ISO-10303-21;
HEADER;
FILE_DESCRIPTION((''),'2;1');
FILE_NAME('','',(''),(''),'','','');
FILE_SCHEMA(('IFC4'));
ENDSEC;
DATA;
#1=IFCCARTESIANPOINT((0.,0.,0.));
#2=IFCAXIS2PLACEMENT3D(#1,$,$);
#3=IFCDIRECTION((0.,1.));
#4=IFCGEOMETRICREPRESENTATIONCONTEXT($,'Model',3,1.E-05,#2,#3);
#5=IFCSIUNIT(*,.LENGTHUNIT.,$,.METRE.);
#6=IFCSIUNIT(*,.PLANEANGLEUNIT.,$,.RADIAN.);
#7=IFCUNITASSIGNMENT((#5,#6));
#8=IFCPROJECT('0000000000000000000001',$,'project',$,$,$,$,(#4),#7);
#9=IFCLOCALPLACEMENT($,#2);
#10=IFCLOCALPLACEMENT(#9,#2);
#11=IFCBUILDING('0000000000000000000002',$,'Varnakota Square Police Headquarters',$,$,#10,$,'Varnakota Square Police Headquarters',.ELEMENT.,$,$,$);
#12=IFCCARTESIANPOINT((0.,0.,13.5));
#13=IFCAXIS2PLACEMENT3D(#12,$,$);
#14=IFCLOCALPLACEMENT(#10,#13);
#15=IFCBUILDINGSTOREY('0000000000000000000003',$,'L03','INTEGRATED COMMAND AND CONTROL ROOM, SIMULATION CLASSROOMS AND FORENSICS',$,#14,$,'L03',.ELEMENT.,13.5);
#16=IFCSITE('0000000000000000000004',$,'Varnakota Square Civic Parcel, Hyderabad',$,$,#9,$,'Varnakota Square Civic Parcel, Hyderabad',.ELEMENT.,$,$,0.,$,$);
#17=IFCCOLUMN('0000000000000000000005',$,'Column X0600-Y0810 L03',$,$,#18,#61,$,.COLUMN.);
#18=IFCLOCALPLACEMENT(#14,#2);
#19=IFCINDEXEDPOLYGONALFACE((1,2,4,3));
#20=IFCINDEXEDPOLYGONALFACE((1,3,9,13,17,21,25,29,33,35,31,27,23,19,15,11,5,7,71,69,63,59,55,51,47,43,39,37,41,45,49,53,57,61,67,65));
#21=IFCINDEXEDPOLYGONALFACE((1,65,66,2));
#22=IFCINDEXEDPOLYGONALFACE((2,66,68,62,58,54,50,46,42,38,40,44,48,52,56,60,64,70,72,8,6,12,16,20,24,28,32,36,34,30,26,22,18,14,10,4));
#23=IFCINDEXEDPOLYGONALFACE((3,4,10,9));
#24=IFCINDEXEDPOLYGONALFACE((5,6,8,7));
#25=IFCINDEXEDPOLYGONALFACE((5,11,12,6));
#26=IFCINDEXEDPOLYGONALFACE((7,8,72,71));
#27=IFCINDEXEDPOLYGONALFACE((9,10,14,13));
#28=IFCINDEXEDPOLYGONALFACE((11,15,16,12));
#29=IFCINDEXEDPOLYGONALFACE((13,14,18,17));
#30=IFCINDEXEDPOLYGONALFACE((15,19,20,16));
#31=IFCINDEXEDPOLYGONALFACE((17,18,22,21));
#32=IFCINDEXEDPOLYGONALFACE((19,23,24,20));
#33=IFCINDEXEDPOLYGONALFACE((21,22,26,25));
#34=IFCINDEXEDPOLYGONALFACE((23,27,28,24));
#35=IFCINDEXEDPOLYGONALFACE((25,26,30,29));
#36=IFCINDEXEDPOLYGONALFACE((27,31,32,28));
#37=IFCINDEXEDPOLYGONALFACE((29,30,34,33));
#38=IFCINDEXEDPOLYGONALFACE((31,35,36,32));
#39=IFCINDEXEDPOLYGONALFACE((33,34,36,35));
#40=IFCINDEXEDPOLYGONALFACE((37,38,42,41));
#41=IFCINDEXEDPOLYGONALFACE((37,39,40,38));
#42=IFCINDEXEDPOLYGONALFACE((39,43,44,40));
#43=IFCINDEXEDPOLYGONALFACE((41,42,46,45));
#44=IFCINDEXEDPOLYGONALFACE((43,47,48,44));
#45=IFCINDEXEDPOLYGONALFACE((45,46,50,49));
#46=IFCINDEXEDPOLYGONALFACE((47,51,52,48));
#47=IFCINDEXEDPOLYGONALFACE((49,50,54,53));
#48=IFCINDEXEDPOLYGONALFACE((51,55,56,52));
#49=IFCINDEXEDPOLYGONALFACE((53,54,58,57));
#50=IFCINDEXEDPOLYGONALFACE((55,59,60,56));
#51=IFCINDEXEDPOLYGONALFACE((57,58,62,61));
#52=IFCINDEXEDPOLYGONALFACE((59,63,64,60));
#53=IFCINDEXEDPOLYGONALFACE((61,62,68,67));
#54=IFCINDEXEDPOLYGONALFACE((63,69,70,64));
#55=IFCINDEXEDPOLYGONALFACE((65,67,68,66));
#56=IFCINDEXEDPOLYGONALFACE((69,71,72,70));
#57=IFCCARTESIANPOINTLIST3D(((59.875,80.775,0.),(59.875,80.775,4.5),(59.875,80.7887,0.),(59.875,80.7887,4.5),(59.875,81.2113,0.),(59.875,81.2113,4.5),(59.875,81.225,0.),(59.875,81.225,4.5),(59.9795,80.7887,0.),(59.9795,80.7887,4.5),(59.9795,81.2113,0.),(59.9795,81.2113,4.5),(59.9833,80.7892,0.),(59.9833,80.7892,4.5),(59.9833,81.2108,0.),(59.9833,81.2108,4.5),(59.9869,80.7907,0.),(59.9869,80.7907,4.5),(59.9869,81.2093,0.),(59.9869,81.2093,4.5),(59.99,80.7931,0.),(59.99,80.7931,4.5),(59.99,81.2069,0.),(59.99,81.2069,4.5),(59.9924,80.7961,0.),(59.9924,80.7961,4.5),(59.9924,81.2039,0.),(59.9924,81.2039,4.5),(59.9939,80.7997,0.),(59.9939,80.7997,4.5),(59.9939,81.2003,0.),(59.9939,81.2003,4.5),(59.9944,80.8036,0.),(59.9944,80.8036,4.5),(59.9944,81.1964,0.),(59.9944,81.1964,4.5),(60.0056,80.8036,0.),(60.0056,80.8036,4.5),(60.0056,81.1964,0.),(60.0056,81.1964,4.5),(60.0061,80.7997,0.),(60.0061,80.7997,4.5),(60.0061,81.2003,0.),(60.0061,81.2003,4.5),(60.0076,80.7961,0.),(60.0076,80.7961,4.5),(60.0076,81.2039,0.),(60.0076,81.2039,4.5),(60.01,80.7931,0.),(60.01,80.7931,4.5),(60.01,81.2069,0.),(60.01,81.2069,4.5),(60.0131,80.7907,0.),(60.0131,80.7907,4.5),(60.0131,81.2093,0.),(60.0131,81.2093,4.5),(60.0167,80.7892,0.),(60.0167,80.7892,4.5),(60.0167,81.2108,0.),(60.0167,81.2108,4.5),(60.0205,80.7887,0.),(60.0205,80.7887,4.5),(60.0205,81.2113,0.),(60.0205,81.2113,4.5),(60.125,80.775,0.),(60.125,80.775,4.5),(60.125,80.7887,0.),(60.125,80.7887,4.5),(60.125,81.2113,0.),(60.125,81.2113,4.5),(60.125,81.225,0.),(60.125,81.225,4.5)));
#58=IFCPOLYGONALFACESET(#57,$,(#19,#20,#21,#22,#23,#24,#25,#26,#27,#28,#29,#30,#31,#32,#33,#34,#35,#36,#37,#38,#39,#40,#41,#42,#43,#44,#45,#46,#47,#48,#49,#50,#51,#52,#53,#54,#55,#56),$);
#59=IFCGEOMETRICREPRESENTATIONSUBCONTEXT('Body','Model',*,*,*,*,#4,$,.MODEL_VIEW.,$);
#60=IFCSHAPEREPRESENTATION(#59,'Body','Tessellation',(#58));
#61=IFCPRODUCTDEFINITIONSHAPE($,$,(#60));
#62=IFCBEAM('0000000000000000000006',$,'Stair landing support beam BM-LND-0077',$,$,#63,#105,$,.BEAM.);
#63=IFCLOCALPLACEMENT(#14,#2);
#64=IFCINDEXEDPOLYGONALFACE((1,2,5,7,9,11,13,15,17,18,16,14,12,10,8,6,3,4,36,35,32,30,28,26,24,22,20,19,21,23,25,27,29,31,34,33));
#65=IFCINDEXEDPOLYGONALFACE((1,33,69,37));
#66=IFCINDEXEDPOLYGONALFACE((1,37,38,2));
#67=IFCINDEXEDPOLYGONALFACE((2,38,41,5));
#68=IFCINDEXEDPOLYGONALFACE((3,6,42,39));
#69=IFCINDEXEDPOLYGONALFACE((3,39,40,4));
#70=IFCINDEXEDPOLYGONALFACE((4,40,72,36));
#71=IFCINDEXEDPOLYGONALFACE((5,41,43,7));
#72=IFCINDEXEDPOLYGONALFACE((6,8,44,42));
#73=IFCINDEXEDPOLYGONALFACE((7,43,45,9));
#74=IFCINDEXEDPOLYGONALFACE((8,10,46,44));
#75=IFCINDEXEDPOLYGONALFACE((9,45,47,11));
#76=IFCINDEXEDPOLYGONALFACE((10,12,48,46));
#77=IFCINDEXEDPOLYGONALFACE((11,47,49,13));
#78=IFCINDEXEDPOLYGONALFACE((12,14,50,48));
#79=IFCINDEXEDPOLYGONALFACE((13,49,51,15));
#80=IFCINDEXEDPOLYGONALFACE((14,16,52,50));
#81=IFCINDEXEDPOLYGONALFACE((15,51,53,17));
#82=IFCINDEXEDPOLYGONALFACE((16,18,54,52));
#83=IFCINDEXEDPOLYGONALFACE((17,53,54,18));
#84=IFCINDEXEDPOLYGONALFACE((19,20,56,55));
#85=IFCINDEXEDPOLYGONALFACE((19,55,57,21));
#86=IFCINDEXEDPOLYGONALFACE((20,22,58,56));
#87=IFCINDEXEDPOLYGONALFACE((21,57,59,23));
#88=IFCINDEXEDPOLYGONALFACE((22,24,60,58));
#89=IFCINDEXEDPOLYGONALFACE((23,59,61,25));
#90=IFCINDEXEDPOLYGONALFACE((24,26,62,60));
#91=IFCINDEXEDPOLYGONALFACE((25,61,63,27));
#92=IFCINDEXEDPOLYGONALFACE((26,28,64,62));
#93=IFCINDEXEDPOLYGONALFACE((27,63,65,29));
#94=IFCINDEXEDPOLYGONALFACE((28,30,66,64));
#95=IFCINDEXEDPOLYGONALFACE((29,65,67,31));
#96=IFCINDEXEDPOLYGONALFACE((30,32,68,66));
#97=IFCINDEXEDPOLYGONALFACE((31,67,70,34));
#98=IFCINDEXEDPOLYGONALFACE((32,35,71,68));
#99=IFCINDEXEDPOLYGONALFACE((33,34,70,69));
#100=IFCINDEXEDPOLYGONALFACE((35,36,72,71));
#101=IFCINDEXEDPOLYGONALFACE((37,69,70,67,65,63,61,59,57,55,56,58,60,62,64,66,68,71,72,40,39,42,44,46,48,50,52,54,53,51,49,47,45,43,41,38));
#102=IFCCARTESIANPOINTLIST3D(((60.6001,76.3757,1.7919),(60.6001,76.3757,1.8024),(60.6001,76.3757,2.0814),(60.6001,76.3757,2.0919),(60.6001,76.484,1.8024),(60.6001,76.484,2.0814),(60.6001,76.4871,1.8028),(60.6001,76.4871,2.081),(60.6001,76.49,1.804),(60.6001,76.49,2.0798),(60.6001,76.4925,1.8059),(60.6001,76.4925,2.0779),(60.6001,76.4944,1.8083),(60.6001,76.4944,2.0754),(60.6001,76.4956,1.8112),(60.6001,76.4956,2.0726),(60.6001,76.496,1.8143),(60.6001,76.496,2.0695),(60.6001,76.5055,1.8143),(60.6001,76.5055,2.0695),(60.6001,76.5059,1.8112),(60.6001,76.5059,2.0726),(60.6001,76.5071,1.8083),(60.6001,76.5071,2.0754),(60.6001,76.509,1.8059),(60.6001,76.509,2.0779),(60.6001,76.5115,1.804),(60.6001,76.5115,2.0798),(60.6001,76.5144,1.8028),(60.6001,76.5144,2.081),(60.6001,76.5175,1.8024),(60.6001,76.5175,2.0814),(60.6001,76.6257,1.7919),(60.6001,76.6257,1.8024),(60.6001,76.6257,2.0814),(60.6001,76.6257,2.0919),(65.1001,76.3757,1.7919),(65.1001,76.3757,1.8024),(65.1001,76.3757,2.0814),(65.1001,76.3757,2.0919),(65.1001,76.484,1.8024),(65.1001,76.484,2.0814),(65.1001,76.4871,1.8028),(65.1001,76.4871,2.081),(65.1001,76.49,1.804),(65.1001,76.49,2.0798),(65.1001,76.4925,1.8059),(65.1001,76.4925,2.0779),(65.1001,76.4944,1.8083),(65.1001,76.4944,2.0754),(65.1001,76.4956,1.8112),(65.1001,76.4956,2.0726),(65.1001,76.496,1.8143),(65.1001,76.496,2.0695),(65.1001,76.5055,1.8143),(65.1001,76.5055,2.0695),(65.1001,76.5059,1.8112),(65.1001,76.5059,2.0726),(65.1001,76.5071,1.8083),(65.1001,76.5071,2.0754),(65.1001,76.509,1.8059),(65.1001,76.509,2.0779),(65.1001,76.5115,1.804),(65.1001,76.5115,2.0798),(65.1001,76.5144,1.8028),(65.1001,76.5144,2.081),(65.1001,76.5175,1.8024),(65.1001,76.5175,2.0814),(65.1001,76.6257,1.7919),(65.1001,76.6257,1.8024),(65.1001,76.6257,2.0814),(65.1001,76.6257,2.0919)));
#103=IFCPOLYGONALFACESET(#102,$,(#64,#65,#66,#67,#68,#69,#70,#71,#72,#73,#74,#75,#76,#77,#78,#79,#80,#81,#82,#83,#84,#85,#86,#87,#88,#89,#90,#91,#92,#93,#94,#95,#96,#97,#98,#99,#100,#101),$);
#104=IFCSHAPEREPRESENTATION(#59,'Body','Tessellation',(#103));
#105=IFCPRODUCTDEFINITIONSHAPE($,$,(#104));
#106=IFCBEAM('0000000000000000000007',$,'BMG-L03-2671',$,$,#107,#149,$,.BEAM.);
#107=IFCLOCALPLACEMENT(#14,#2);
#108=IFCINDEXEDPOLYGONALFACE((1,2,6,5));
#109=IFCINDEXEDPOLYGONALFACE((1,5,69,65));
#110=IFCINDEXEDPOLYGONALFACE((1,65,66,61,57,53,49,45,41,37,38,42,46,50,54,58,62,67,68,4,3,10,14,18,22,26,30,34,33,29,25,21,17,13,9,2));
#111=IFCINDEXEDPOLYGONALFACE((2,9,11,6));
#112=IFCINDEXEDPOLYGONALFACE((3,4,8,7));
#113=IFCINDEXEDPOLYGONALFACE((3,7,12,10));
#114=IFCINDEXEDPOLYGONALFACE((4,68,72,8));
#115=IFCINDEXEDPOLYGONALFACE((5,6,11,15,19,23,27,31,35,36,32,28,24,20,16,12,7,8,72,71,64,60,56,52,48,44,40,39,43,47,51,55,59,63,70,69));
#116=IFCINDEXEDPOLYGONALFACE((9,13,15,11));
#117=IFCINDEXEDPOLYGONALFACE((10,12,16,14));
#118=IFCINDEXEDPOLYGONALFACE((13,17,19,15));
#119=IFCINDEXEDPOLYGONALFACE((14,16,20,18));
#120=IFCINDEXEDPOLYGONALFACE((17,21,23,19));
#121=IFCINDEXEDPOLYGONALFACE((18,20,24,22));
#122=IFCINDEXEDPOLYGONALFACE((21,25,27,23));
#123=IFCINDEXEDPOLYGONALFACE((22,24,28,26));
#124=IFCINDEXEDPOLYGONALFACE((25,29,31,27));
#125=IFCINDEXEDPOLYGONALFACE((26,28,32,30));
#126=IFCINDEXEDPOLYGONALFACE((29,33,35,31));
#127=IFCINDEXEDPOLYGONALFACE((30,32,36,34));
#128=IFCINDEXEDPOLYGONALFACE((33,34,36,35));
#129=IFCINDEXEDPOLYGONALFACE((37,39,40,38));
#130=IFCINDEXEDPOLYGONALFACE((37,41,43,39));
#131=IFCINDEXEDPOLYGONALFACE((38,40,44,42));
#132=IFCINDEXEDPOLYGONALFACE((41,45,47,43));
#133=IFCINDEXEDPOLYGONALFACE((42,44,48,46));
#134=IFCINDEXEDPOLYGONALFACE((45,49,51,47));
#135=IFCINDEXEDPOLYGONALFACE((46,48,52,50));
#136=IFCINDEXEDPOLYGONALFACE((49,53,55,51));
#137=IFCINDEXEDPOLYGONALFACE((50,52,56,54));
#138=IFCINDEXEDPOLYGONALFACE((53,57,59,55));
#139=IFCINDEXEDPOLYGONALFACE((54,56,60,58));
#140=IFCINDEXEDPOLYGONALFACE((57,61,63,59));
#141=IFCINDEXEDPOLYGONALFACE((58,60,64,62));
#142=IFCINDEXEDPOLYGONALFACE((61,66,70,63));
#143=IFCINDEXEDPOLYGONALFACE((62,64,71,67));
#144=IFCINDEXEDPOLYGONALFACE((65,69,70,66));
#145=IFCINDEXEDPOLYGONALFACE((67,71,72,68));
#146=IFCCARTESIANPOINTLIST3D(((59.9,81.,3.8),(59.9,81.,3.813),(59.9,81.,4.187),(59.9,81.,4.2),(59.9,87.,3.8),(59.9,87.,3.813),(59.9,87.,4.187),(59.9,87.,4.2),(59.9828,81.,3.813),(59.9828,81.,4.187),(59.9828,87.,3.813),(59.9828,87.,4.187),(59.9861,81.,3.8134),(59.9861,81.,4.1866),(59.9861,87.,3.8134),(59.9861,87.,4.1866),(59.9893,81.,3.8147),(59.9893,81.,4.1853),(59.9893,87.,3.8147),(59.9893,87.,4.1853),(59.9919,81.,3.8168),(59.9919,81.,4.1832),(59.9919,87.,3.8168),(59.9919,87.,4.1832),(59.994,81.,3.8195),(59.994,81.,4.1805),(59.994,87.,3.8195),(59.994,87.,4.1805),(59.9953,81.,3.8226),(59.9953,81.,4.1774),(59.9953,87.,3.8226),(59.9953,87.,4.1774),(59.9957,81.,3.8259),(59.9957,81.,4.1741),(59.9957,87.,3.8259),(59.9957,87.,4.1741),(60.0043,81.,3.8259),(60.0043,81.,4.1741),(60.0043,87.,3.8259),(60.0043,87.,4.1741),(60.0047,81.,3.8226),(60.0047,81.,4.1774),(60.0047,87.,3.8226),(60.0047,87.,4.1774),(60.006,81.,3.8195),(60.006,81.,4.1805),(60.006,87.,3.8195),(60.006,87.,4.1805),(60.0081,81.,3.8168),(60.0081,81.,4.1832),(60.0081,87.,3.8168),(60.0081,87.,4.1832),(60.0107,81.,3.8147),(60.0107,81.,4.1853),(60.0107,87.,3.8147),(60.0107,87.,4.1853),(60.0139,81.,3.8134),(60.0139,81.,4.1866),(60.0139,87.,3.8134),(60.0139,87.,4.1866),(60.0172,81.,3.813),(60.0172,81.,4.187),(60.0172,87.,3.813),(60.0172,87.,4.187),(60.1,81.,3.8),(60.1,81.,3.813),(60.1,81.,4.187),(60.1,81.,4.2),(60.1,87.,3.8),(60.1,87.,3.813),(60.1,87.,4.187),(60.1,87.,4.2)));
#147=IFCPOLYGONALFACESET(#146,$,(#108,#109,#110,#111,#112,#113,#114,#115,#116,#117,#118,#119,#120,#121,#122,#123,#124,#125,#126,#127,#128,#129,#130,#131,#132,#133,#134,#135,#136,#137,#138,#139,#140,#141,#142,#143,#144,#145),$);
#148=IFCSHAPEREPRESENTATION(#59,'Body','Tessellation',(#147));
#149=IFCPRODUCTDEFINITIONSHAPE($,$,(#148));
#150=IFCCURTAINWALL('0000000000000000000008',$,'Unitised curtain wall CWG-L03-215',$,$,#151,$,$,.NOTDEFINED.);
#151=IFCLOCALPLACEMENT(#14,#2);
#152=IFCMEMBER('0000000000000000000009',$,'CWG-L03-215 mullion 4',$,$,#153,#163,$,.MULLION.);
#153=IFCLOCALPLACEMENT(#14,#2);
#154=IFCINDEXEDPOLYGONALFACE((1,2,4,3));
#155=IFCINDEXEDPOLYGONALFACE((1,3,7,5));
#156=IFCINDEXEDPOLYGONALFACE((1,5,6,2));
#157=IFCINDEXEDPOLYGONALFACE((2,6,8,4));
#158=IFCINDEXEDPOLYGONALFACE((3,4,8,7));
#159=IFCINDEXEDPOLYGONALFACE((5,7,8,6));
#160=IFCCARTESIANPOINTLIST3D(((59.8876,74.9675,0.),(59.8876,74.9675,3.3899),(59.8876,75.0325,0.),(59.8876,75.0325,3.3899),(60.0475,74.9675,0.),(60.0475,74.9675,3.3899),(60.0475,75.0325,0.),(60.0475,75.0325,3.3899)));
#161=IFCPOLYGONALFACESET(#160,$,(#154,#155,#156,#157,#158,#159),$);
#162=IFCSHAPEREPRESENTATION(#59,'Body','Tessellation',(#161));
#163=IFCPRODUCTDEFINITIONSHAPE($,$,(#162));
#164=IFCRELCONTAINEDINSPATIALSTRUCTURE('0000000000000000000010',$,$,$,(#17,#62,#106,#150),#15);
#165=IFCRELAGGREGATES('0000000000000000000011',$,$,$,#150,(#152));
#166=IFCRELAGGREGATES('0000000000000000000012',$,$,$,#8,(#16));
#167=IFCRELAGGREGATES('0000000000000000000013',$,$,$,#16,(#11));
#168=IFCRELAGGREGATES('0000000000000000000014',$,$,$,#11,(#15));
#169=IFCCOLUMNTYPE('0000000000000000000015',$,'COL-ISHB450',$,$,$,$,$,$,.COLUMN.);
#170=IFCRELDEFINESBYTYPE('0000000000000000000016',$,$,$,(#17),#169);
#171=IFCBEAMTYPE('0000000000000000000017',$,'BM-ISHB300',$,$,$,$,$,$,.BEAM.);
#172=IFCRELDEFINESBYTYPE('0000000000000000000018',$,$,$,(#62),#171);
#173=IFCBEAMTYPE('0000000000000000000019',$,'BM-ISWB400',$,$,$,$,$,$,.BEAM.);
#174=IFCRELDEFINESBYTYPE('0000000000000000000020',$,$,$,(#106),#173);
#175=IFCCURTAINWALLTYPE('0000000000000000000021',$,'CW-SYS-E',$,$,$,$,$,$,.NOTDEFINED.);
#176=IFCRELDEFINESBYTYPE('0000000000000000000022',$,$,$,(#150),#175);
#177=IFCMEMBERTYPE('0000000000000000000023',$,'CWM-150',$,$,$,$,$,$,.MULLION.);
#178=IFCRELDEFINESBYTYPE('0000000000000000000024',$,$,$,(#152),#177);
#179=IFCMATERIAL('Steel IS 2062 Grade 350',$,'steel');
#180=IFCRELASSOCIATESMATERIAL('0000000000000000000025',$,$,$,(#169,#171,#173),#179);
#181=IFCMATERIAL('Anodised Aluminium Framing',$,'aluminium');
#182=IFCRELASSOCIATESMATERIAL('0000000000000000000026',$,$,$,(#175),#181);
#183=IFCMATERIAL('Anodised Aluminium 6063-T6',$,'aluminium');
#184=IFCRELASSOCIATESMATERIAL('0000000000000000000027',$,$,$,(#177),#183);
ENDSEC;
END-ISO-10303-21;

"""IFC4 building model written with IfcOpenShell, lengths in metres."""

from ifc_helpers import new_model, si_unit, direction, frame, origin, origin_2d, place, context, subcontext, project, spatial, rectangle, i_section, extrude, material, material_profile, profile_set, type_object, element, aggregate, save


model = new_model("IFC4")

# Units and contexts
model_context = context("Model", 3, precision=1e-05, world=origin(), true_north=direction((0.0, 1.0)))
body_context = subcontext(model_context, "Body", "Model", "MODEL_VIEW")
ifc_project = project(units=[si_unit("LENGTHUNIT", "METRE"), si_unit("PLANEANGLEUNIT", "RADIAN")], contexts=[model_context])

# Site, building, storey
site_placement = place(None, origin())
site = spatial("IfcSite", under=ifc_project, at=site_placement, Name="Varnakota Square Civic Parcel, Hyderabad", LongName="Varnakota Square Civic Parcel, Hyderabad", CompositionType="ELEMENT", RefElevation=0.0)
building_placement = place(site_placement, origin())
building = spatial("IfcBuilding", under=site, at=building_placement, Name="Varnakota Square Police Headquarters", LongName="Varnakota Square Police Headquarters", CompositionType="ELEMENT")
storey_placement = place(building_placement, frame((0.0, 0.0, 13.5)))
storey = spatial("IfcBuildingStorey", under=building, at=storey_placement, Name="L03", Description="INTEGRATED COMMAND AND CONTROL ROOM, SIMULATION CLASSROOMS AND FORENSICS", LongName="L03", CompositionType="ELEMENT", Elevation=13.5)

# Column
ifc_material_1 = material(Name="Steel IS 2062 Grade 350", Category="steel")
ifc_material_profile_1 = material_profile(ifc_material_1, i_section(OverallWidth=0.25, OverallDepth=0.45, WebThickness=0.0112, FlangeThickness=0.0137, FilletRadius=0.0149, at=origin_2d()), Name="ISHB 450")
ifc_profile_set_1 = profile_set([ifc_material_profile_1], Name="Steel IS 2062 Grade 350")
column_type = type_object("IfcColumnType", Name="COL-ISHB450", PredefinedType="COLUMN", material=ifc_profile_set_1)
column_placement = place(storey_placement, frame((60.0, 81.0, 0.0), z_axis=(0.0, 0.0, 1.0), x_axis=(1.0, 0.0, 0.0)))
element("IfcColumn", 1, at=column_placement, inside=storey, type_object=column_type, Name="Column X0600-Y0810 L03", PredefinedType="COLUMN", context=body_context, shape_type="SweptSolid", body=[
    extrude(i_section(OverallWidth=0.25, OverallDepth=0.45, WebThickness=0.0112, FlangeThickness=0.0137, FilletRadius=0.0149, at=origin_2d()), origin(), (0.0, 0.0, 1.0), 4.5),
])

# Beams
ifc_material_profile_2 = material_profile(ifc_material_1, i_section(OverallWidth=0.25, OverallDepth=0.3, WebThickness=0.0095, FlangeThickness=0.0105, FilletRadius=0.012, at=origin_2d()), Name="ISHB 300")
ifc_profile_set_2 = profile_set([ifc_material_profile_2], Name="Steel IS 2062 Grade 350")
beam_type_1 = type_object("IfcBeamType", Name="BM-ISHB300", PredefinedType="BEAM", material=ifc_profile_set_2)
beam_1_placement = place(storey_placement, frame((60.6001, 76.5007, 1.9419), z_axis=(1.0, 0.0, 0.0), x_axis=(0.0, 1.0, 0.0)))
element("IfcBeam", 2, at=beam_1_placement, inside=storey, type_object=beam_type_1, Name="Stair landing support beam BM-LND-0077", PredefinedType="BEAM", context=body_context, shape_type="SweptSolid", body=[
    extrude(i_section(OverallWidth=0.25, OverallDepth=0.3, WebThickness=0.0095, FlangeThickness=0.0105, FilletRadius=0.012, at=origin_2d()), origin(), (0.0, 0.0, 1.0), 4.5),
])
ifc_material_profile_3 = material_profile(ifc_material_1, i_section(OverallWidth=0.2, OverallDepth=0.3999, WebThickness=0.0085, FlangeThickness=0.0129, FilletRadius=0.0129, at=origin_2d()), Name="ISWB 400")
ifc_profile_set_3 = profile_set([ifc_material_profile_3], Name="Steel IS 2062 Grade 350")
beam_type_2 = type_object("IfcBeamType", Name="BM-ISWB400", PredefinedType="BEAM", material=ifc_profile_set_3)
beam_2_placement = place(storey_placement, frame((60.0, 81.0, 4.0), z_axis=(0.0, 1.0, 0.0), x_axis=(-1.0, 0.0, 0.0)))
element("IfcBeam", 3, at=beam_2_placement, inside=storey, type_object=beam_type_2, Name="BMG-L03-2671", PredefinedType="BEAM", context=body_context, shape_type="SweptSolid", body=[
    extrude(i_section(OverallWidth=0.2, OverallDepth=0.3999, WebThickness=0.0085, FlangeThickness=0.0129, FilletRadius=0.0129, at=origin_2d()), origin(), (0.0, 0.0, 1.0), 6.0),
])

# Curtain wall, member
ifc_material_2 = material(Name="Anodised Aluminium Framing", Category="aluminium")
curtain_wall_type = type_object("IfcCurtainWallType", Name="CW-SYS-E", PredefinedType="NOTDEFINED", material=ifc_material_2)
curtain_wall_placement = place(storey_placement, origin())
curtain_wall = element("IfcCurtainWall", 4, at=curtain_wall_placement, inside=storey, type_object=curtain_wall_type, Name="Unitised curtain wall CWG-L03-215", PredefinedType="NOTDEFINED")
ifc_material_3 = material(Name="Anodised Aluminium 6063-T6", Category="aluminium")
ifc_material_profile_4 = material_profile(ifc_material_3, rectangle(XDim=0.0649, YDim=0.1599, at=origin_2d()), Name="ALU MULLION 65x160")
ifc_profile_set_4 = profile_set([ifc_material_profile_4], Name="Anodised Aluminium 6063-T6")
member_type_1 = type_object("IfcMemberType", Name="CWM-150", PredefinedType="MULLION", material=ifc_profile_set_4)
member_1_placement = place(storey_placement, frame((59.9675, 75.0, 0.0), z_axis=(0.0, 0.0, 1.0), x_axis=(0.0, 1.0, 0.0)))
member_1 = element("IfcMember", 5, at=member_1_placement, type_object=member_type_1, Name="CWG-L03-215 mullion 4", PredefinedType="MULLION", context=body_context, shape_type="SweptSolid", body=[
    extrude(rectangle(XDim=0.0649, YDim=0.1599, at=origin_2d()), origin(), (0.0, 0.0, 1.0), 3.3899),
])
aggregate(curtain_wall, [member_1])

save(model, "model.ifc")
